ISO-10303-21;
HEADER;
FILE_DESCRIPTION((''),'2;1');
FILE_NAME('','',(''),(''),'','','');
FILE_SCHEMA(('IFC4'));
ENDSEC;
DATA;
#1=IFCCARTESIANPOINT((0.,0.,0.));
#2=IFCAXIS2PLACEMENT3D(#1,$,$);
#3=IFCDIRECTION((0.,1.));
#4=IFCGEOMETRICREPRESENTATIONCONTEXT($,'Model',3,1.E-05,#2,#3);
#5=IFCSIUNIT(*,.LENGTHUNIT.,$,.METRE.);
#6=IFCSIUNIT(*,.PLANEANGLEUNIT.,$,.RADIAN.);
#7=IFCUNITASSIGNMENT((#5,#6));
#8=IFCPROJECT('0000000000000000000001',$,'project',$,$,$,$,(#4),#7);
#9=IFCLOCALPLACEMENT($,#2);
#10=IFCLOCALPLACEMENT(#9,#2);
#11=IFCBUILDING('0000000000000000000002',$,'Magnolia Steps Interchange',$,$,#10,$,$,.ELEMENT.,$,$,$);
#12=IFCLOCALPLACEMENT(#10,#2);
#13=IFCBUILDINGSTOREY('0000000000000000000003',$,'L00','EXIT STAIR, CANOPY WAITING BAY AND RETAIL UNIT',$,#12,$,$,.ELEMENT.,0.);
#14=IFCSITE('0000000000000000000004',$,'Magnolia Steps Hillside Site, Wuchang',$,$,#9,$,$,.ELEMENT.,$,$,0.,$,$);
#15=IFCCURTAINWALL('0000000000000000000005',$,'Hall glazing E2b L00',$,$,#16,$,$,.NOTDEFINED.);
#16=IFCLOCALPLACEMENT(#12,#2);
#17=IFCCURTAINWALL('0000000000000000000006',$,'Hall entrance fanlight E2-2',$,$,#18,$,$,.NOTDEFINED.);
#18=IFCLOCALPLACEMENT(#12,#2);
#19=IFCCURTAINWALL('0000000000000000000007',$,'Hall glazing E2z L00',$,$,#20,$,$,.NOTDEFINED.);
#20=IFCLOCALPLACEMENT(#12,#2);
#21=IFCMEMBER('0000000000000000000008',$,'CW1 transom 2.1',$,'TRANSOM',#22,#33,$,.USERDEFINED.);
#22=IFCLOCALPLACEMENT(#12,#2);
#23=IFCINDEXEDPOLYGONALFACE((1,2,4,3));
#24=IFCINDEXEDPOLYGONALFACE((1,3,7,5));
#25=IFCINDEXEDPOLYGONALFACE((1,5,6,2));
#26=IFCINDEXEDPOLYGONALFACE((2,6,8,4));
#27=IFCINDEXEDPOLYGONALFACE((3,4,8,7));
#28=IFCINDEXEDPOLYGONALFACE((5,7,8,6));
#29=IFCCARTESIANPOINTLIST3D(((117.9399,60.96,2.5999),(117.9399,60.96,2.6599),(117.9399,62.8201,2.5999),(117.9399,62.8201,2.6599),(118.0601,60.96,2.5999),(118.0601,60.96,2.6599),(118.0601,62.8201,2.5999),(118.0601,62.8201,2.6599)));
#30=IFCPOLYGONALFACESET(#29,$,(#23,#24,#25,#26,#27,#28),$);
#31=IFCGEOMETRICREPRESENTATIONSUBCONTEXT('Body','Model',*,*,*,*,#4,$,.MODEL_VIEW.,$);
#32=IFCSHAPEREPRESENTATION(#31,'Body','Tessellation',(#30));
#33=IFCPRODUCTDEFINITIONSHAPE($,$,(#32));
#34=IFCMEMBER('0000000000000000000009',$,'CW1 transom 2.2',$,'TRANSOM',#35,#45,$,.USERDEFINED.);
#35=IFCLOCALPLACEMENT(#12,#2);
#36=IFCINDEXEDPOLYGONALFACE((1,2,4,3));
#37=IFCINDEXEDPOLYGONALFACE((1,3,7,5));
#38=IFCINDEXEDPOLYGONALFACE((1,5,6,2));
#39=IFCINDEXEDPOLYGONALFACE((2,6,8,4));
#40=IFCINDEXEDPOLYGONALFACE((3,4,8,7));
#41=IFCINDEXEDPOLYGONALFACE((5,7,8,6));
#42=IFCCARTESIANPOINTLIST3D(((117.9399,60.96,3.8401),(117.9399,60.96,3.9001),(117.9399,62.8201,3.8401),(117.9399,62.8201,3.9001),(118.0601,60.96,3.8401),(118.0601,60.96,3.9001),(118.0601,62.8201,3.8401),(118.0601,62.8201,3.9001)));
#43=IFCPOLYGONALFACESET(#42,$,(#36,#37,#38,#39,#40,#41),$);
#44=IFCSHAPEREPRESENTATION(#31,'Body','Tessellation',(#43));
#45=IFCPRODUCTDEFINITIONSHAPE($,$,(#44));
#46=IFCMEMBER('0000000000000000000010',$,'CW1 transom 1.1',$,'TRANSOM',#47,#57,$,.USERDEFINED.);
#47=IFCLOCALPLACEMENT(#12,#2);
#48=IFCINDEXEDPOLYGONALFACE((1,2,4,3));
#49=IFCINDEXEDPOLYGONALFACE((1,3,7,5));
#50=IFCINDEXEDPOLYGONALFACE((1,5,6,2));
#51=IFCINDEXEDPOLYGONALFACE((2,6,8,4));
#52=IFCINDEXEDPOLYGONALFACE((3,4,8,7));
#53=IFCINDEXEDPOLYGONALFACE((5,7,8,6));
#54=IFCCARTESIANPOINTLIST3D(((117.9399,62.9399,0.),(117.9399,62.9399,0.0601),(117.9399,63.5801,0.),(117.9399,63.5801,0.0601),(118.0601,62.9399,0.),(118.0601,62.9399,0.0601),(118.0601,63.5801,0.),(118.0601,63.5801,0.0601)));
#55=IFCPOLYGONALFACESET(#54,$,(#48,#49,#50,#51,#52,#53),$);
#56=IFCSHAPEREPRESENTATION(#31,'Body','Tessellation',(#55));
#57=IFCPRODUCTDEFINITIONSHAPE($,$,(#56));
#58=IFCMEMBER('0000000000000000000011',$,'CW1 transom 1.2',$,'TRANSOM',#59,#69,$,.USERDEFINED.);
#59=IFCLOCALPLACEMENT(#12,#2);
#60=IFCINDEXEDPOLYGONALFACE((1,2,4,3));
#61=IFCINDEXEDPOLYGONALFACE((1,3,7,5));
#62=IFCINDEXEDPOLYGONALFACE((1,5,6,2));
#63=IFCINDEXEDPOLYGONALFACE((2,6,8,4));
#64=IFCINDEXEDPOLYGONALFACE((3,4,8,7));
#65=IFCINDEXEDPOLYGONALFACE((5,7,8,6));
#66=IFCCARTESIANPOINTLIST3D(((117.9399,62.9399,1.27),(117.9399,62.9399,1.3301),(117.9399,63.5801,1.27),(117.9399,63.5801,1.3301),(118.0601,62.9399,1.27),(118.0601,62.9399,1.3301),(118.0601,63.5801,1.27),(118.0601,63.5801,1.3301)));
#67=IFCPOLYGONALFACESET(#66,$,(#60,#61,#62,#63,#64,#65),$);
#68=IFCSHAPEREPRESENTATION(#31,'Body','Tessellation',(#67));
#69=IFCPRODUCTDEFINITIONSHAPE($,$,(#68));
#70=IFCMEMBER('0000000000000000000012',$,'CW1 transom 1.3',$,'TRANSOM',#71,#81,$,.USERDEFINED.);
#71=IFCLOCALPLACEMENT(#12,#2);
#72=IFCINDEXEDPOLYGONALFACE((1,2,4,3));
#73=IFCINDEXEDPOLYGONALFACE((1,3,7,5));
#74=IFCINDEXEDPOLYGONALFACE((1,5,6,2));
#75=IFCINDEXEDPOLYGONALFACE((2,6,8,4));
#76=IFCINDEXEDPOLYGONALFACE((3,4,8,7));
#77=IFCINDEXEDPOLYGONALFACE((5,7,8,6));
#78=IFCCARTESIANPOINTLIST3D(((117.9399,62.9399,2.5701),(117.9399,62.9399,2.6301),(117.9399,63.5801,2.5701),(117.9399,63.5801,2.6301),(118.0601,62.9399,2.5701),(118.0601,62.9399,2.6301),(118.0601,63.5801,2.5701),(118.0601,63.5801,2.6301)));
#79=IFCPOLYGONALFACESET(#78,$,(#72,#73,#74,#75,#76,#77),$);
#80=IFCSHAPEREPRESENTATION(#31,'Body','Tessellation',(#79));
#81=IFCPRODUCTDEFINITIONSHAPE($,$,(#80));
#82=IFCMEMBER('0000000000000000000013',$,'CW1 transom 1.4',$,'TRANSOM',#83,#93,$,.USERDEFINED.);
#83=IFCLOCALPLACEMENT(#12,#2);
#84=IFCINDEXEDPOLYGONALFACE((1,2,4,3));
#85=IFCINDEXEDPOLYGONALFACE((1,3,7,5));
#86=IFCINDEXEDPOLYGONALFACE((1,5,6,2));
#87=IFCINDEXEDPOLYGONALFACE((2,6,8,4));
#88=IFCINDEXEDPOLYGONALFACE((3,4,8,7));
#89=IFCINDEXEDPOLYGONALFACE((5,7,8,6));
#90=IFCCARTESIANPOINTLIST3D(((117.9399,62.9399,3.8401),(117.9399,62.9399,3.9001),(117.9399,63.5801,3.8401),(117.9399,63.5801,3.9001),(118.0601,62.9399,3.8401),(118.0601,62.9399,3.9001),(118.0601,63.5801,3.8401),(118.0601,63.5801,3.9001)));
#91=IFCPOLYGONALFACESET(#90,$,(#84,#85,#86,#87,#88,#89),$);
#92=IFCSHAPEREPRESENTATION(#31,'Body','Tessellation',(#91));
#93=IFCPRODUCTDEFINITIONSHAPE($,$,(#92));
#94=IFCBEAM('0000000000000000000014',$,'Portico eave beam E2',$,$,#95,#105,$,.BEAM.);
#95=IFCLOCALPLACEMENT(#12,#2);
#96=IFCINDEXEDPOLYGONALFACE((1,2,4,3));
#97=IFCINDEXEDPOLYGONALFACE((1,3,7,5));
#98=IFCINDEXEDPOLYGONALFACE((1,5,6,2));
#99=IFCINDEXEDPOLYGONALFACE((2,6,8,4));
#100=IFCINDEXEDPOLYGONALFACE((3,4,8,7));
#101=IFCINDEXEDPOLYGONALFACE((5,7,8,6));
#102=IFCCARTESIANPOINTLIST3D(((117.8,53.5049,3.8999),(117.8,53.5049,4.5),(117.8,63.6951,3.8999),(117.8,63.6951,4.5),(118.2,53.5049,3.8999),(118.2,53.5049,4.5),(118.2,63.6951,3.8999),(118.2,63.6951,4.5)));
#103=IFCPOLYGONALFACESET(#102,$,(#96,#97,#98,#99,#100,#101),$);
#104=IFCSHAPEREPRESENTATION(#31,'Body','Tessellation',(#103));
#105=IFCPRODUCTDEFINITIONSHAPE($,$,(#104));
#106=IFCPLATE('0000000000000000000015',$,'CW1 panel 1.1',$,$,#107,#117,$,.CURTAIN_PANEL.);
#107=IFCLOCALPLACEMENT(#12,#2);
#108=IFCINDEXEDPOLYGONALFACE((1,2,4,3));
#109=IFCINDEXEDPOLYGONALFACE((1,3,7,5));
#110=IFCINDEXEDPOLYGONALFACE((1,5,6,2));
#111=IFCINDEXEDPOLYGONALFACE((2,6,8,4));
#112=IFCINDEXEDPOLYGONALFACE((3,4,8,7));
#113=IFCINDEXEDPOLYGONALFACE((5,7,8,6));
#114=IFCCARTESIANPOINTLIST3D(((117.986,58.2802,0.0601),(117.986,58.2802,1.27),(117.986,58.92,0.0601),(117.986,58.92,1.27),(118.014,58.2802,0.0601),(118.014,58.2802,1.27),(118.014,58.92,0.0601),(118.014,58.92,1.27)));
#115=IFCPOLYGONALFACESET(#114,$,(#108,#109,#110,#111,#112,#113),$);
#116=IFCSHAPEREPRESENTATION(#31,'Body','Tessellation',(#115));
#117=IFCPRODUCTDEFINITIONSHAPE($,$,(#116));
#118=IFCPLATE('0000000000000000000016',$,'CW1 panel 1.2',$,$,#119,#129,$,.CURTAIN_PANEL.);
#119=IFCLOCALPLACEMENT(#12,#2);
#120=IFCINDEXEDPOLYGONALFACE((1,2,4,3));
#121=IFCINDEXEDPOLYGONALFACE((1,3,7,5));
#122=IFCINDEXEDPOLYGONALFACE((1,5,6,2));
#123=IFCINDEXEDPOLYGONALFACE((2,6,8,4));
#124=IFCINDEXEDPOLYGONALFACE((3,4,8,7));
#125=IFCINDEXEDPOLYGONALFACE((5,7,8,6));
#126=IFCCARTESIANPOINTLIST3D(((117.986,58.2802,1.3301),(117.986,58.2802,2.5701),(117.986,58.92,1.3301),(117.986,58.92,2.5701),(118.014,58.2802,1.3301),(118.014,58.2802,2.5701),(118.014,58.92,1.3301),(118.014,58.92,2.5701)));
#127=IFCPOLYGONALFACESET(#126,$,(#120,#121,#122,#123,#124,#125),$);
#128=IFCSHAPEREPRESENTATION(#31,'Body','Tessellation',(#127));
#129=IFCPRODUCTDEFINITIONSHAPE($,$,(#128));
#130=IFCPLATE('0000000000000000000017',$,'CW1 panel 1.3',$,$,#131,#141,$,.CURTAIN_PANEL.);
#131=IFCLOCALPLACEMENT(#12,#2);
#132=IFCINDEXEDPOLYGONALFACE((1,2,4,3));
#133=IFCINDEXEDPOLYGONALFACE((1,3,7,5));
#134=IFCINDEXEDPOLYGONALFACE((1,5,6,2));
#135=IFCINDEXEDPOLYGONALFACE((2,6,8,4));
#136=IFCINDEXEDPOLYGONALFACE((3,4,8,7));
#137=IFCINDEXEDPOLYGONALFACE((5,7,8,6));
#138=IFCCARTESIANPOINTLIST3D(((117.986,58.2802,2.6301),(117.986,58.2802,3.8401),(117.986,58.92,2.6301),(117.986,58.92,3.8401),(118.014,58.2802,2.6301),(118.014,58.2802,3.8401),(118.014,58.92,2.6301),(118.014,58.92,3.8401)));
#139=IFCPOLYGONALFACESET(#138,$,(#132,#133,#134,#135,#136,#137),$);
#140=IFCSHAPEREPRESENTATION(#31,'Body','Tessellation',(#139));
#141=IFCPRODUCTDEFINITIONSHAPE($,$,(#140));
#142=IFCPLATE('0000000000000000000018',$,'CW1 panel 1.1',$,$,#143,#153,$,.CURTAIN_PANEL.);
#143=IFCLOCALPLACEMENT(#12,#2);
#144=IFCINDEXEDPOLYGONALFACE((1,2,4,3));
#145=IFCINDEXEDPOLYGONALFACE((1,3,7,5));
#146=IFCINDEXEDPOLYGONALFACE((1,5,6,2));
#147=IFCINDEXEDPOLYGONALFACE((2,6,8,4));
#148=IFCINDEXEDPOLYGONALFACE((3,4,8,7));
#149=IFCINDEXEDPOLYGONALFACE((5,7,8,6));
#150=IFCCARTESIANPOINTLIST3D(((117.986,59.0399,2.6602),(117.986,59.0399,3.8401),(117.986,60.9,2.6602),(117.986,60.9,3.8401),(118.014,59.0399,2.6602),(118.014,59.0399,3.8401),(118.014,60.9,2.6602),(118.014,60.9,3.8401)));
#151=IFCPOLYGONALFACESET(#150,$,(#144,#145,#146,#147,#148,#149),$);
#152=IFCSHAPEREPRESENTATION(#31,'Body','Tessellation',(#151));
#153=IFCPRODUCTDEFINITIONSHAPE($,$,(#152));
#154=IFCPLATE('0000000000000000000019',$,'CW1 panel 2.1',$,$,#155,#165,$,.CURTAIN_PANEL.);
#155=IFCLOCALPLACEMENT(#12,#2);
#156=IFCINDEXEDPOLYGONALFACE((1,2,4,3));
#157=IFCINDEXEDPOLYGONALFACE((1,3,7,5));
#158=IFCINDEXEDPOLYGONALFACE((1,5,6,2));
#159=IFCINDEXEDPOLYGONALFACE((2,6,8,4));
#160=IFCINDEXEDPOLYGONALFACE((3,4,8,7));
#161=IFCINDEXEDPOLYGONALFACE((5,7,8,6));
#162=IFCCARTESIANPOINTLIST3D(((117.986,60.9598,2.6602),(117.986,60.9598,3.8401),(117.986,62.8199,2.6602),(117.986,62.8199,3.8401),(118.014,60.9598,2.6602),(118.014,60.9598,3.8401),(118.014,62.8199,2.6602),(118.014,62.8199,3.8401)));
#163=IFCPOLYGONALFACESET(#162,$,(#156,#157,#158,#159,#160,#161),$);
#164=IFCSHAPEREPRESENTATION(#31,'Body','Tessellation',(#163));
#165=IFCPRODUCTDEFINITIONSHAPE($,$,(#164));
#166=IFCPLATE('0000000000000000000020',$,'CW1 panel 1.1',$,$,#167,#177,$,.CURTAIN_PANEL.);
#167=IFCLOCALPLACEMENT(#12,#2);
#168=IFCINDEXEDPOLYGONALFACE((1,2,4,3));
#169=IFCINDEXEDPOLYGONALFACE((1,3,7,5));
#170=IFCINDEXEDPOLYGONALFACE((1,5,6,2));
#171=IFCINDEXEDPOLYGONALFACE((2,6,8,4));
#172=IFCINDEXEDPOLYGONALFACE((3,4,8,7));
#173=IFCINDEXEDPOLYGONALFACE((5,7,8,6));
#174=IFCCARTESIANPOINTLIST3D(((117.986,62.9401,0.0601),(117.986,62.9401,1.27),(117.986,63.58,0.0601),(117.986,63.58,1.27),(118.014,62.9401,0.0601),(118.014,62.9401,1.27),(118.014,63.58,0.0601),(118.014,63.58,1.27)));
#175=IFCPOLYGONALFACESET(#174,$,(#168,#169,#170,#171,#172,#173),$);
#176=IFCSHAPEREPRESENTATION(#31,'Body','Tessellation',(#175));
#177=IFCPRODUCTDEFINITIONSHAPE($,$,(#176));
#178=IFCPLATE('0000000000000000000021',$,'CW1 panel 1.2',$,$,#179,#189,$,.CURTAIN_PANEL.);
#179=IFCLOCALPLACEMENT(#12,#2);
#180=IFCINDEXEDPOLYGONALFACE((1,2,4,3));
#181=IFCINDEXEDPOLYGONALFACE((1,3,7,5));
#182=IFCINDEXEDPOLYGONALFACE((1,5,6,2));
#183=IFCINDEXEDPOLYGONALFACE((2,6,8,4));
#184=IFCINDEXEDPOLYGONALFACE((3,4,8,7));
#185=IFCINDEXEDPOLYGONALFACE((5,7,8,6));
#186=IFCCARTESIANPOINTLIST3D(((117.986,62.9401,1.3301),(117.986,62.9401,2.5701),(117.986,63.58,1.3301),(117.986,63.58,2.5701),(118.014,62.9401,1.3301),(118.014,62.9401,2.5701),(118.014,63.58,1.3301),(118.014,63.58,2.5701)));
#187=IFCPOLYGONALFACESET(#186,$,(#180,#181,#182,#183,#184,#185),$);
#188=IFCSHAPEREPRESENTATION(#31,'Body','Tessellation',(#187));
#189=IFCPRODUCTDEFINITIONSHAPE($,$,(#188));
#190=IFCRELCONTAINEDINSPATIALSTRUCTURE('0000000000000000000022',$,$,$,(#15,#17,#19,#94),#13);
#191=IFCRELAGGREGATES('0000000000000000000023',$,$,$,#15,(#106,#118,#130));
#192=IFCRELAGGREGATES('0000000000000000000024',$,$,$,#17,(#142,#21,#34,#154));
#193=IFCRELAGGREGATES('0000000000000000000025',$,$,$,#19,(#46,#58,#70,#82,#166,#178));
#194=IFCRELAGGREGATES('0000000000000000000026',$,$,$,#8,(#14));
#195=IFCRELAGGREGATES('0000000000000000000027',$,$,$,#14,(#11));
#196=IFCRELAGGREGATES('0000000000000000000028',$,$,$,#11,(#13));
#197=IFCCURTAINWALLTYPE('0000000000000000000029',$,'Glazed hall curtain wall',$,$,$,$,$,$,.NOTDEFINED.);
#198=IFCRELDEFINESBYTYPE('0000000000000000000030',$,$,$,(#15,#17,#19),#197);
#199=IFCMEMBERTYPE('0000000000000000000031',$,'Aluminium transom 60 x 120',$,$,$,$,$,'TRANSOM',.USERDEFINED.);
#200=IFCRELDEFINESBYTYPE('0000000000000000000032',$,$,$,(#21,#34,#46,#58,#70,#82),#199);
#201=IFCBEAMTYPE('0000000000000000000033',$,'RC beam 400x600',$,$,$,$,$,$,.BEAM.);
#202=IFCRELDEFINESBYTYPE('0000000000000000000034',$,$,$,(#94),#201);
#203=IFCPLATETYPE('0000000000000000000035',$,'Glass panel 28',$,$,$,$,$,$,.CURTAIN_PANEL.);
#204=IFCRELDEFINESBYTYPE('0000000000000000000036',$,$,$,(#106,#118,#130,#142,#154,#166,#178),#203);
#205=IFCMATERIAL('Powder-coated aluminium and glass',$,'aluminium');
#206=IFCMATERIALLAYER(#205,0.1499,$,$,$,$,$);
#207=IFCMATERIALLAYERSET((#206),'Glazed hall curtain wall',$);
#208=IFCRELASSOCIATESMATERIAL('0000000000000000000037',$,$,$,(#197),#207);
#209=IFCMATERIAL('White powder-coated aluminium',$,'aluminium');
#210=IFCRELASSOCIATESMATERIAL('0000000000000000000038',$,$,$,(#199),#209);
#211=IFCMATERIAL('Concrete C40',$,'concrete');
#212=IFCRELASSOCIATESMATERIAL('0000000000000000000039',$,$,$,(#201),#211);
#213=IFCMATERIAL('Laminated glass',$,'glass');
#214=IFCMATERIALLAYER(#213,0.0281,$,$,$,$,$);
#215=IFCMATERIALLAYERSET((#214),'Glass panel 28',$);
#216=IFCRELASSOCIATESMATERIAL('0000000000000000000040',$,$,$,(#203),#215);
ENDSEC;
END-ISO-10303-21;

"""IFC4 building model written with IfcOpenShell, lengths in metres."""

from ifc_helpers import new_model, si_unit, direction, frame, origin, origin_2d, place, context, subcontext, project, spatial, rectangle, extrude, material, layer, layer_set, material_profile, profile_set, type_object, element, aggregate, save


model = new_model("IFC4")

# Units and contexts
model_context = context("Model", 3, precision=1e-05, world=origin(), true_north=direction((0.0, 1.0)))
body_context = subcontext(model_context, "Body", "Model", "MODEL_VIEW")
ifc_project = project(units=[si_unit("LENGTHUNIT", "METRE"), si_unit("PLANEANGLEUNIT", "RADIAN")], contexts=[model_context])

# Site, building, storey
site_placement = place(None, origin())
site = spatial("IfcSite", under=ifc_project, at=site_placement, Name="Magnolia Steps Hillside Site, Wuchang", CompositionType="ELEMENT", RefElevation=0.0)
building_placement = place(site_placement, origin())
building = spatial("IfcBuilding", under=site, at=building_placement, Name="Magnolia Steps Interchange", CompositionType="ELEMENT")
storey_placement = place(building_placement, origin())
storey = spatial("IfcBuildingStorey", under=building, at=storey_placement, Name="L00", Description="EXIT STAIR, CANOPY WAITING BAY AND RETAIL UNIT", CompositionType="ELEMENT", Elevation=0.0)

# Curtain wall
ifc_material_1 = material(Name="Powder-coated aluminium and glass", Category="aluminium")
ifc_layer_1 = layer(ifc_material_1, 0.1499)
ifc_layer_set_1 = layer_set([ifc_layer_1], Name="Glazed hall curtain wall")
curtain_wall_type = type_object("IfcCurtainWallType", Name="Glazed hall curtain wall", PredefinedType="NOTDEFINED", material=ifc_layer_set_1)
curtain_wall_1_placement = place(storey_placement, origin())
curtain_wall_1 = element("IfcCurtainWall", 1, at=curtain_wall_1_placement, inside=storey, type_object=curtain_wall_type, Name="Hall glazing E2b L00", PredefinedType="NOTDEFINED")

# Curtain walls
curtain_wall_2_placement = place(storey_placement, origin())
curtain_wall_2 = element("IfcCurtainWall", 2, at=curtain_wall_2_placement, inside=storey, type_object=curtain_wall_type, Name="Hall entrance fanlight E2-2", PredefinedType="NOTDEFINED")
curtain_wall_3_placement = place(storey_placement, origin())
curtain_wall_3 = element("IfcCurtainWall", 3, at=curtain_wall_3_placement, inside=storey, type_object=curtain_wall_type, Name="Hall glazing E2z L00", PredefinedType="NOTDEFINED")

# Members
ifc_material_2 = material(Name="White powder-coated aluminium", Category="aluminium")
ifc_material_profile_1 = material_profile(ifc_material_2, rectangle(XDim=0.0601, YDim=0.1201, at=origin_2d()), Name="Aluminium transom 60 x 120")
ifc_profile_set_1 = profile_set([ifc_material_profile_1], Name="White powder-coated aluminium")
member_type_1 = type_object("IfcMemberType", Name="Aluminium transom 60 x 120", ElementType="TRANSOM", PredefinedType="USERDEFINED", material=ifc_profile_set_1)
member_1_placement = place(storey_placement, frame((118.0, 60.96, 2.6299), z_axis=(0.0, 1.0, 0.0), x_axis=(0.0, 0.0, 1.0)))
member_1 = element("IfcMember", 4, at=member_1_placement, type_object=member_type_1, Name="CW1 transom 2.1", ObjectType="TRANSOM", PredefinedType="USERDEFINED", context=body_context, shape_type="SweptSolid", body=[
    extrude(rectangle(XDim=0.0601, YDim=0.1201, at=origin_2d()), origin(), (0.0, 0.0, 1.0), 1.8601),
])
member_2_placement = place(storey_placement, frame((118.0, 60.96, 3.8701), z_axis=(0.0, 1.0, 0.0), x_axis=(0.0, 0.0, 1.0)))
member_2 = element("IfcMember", 5, at=member_2_placement, type_object=member_type_1, Name="CW1 transom 2.2", ObjectType="TRANSOM", PredefinedType="USERDEFINED", context=body_context, shape_type="SweptSolid", body=[
    extrude(rectangle(XDim=0.0601, YDim=0.1201, at=origin_2d()), origin(), (0.0, 0.0, 1.0), 1.8601),
])
member_3_placement = place(storey_placement, frame((118.0, 62.9399, 0.03), z_axis=(0.0, 1.0, 0.0), x_axis=(0.0, 0.0, 1.0)))
member_3 = element("IfcMember", 6, at=member_3_placement, type_object=member_type_1, Name="CW1 transom 1.1", ObjectType="TRANSOM", PredefinedType="USERDEFINED", context=body_context, shape_type="SweptSolid", body=[
    extrude(rectangle(XDim=0.0601, YDim=0.1201, at=origin_2d()), origin(), (0.0, 0.0, 1.0), 0.6401),
])
member_4_placement = place(storey_placement, frame((118.0, 62.9399, 1.3), z_axis=(0.0, 1.0, 0.0), x_axis=(0.0, 0.0, 1.0)))
member_4 = element("IfcMember", 7, at=member_4_placement, type_object=member_type_1, Name="CW1 transom 1.2", ObjectType="TRANSOM", PredefinedType="USERDEFINED", context=body_context, shape_type="SweptSolid", body=[
    extrude(rectangle(XDim=0.0601, YDim=0.1201, at=origin_2d()), origin(), (0.0, 0.0, 1.0), 0.6401),
])
member_5_placement = place(storey_placement, frame((118.0, 62.9399, 2.6001), z_axis=(0.0, 1.0, 0.0), x_axis=(0.0, 0.0, 1.0)))
member_5 = element("IfcMember", 8, at=member_5_placement, type_object=member_type_1, Name="CW1 transom 1.3", ObjectType="TRANSOM", PredefinedType="USERDEFINED", context=body_context, shape_type="SweptSolid", body=[
    extrude(rectangle(XDim=0.0601, YDim=0.1201, at=origin_2d()), origin(), (0.0, 0.0, 1.0), 0.6401),
])
member_6_placement = place(storey_placement, frame((118.0, 62.9399, 3.8701), z_axis=(0.0, 1.0, 0.0), x_axis=(0.0, 0.0, 1.0)))
member_6 = element("IfcMember", 9, at=member_6_placement, type_object=member_type_1, Name="CW1 transom 1.4", ObjectType="TRANSOM", PredefinedType="USERDEFINED", context=body_context, shape_type="SweptSolid", body=[
    extrude(rectangle(XDim=0.0601, YDim=0.1201, at=origin_2d()), origin(), (0.0, 0.0, 1.0), 0.6401),
])

# Beam
ifc_material_3 = material(Name="Concrete C40", Category="concrete")
ifc_material_profile_2 = material_profile(ifc_material_3, rectangle(XDim=0.3999, YDim=0.6001, at=origin_2d()), Name="RC400x600")
ifc_profile_set_2 = profile_set([ifc_material_profile_2], Name="Concrete C40")
beam_type = type_object("IfcBeamType", Name="RC beam 400x600", PredefinedType="BEAM", material=ifc_profile_set_2)
beam_placement = place(storey_placement, frame((118.0, 63.6951, 4.2), z_axis=(0.0, -1.0, 0.0), x_axis=(1.0, 0.0, 0.0)))
element("IfcBeam", 10, at=beam_placement, inside=storey, type_object=beam_type, Name="Portico eave beam E2", PredefinedType="BEAM", context=body_context, shape_type="SweptSolid", body=[
    extrude(rectangle(XDim=0.3999, YDim=0.6001, at=origin_2d()), origin(), (0.0, 0.0, 1.0), 10.1902),
])

# Plates
ifc_material_4 = material(Name="Laminated glass", Category="glass")
ifc_layer_2 = layer(ifc_material_4, 0.0281)
ifc_layer_set_2 = layer_set([ifc_layer_2], Name="Glass panel 28")
plate_type = type_object("IfcPlateType", Name="Glass panel 28", PredefinedType="CURTAIN_PANEL", material=ifc_layer_set_2)
plate_1_placement = place(storey_placement, frame((118.0, 58.6001, 0.0601), z_axis=(0.0, 0.0, 1.0), x_axis=(0.0, 1.0, 0.0)))
plate_1 = element("IfcPlate", 11, at=plate_1_placement, type_object=plate_type, Name="CW1 panel 1.1", PredefinedType="CURTAIN_PANEL", context=body_context, shape_type="SweptSolid", body=[
    extrude(rectangle(XDim=0.6399, YDim=0.0281, at=origin_2d()), origin(), (0.0, 0.0, 1.0), 1.21),
])
plate_2_placement = place(storey_placement, frame((118.0, 58.6001, 1.3301), z_axis=(0.0, 0.0, 1.0), x_axis=(0.0, 1.0, 0.0)))
plate_2 = element("IfcPlate", 12, at=plate_2_placement, type_object=plate_type, Name="CW1 panel 1.2", PredefinedType="CURTAIN_PANEL", context=body_context, shape_type="SweptSolid", body=[
    extrude(rectangle(XDim=0.6399, YDim=0.0281, at=origin_2d()), origin(), (0.0, 0.0, 1.0), 1.24),
])
plate_3_placement = place(storey_placement, frame((118.0, 58.6001, 2.6301), z_axis=(0.0, 0.0, 1.0), x_axis=(0.0, 1.0, 0.0)))
plate_3 = element("IfcPlate", 13, at=plate_3_placement, type_object=plate_type, Name="CW1 panel 1.3", PredefinedType="CURTAIN_PANEL", context=body_context, shape_type="SweptSolid", body=[
    extrude(rectangle(XDim=0.6399, YDim=0.0281, at=origin_2d()), origin(), (0.0, 0.0, 1.0), 1.21),
])
aggregate(curtain_wall_1, [plate_1, plate_2, plate_3])
plate_4_placement = place(storey_placement, frame((118.0, 59.97, 2.6602), z_axis=(0.0, 0.0, 1.0), x_axis=(0.0, 1.0, 0.0)))
plate_4 = element("IfcPlate", 14, at=plate_4_placement, type_object=plate_type, Name="CW1 panel 1.1", PredefinedType="CURTAIN_PANEL", context=body_context, shape_type="SweptSolid", body=[
    extrude(rectangle(XDim=1.8601, YDim=0.0281, at=origin_2d()), origin(), (0.0, 0.0, 1.0), 1.1799),
])
plate_5_placement = place(storey_placement, frame((118.0, 61.8899, 2.6602), z_axis=(0.0, 0.0, 1.0), x_axis=(0.0, 1.0, 0.0)))
plate_5 = element("IfcPlate", 15, at=plate_5_placement, type_object=plate_type, Name="CW1 panel 2.1", PredefinedType="CURTAIN_PANEL", context=body_context, shape_type="SweptSolid", body=[
    extrude(rectangle(XDim=1.8601, YDim=0.0281, at=origin_2d()), origin(), (0.0, 0.0, 1.0), 1.1799),
])
aggregate(curtain_wall_2, [plate_4, member_1, member_2, plate_5])
plate_6_placement = place(storey_placement, frame((118.0, 63.26, 0.0601), z_axis=(0.0, 0.0, 1.0), x_axis=(0.0, 1.0, 0.0)))
plate_6 = element("IfcPlate", 16, at=plate_6_placement, type_object=plate_type, Name="CW1 panel 1.1", PredefinedType="CURTAIN_PANEL", context=body_context, shape_type="SweptSolid", body=[
    extrude(rectangle(XDim=0.6399, YDim=0.0281, at=origin_2d()), origin(), (0.0, 0.0, 1.0), 1.21),
])
plate_7_placement = place(storey_placement, frame((118.0, 63.26, 1.3301), z_axis=(0.0, 0.0, 1.0), x_axis=(0.0, 1.0, 0.0)))
plate_7 = element("IfcPlate", 17, at=plate_7_placement, type_object=plate_type, Name="CW1 panel 1.2", PredefinedType="CURTAIN_PANEL", context=body_context, shape_type="SweptSolid", body=[
    extrude(rectangle(XDim=0.6399, YDim=0.0281, at=origin_2d()), origin(), (0.0, 0.0, 1.0), 1.24),
])
aggregate(curtain_wall_3, [member_3, member_4, member_5, member_6, plate_6, plate_7])

save(model, "model.ifc")
